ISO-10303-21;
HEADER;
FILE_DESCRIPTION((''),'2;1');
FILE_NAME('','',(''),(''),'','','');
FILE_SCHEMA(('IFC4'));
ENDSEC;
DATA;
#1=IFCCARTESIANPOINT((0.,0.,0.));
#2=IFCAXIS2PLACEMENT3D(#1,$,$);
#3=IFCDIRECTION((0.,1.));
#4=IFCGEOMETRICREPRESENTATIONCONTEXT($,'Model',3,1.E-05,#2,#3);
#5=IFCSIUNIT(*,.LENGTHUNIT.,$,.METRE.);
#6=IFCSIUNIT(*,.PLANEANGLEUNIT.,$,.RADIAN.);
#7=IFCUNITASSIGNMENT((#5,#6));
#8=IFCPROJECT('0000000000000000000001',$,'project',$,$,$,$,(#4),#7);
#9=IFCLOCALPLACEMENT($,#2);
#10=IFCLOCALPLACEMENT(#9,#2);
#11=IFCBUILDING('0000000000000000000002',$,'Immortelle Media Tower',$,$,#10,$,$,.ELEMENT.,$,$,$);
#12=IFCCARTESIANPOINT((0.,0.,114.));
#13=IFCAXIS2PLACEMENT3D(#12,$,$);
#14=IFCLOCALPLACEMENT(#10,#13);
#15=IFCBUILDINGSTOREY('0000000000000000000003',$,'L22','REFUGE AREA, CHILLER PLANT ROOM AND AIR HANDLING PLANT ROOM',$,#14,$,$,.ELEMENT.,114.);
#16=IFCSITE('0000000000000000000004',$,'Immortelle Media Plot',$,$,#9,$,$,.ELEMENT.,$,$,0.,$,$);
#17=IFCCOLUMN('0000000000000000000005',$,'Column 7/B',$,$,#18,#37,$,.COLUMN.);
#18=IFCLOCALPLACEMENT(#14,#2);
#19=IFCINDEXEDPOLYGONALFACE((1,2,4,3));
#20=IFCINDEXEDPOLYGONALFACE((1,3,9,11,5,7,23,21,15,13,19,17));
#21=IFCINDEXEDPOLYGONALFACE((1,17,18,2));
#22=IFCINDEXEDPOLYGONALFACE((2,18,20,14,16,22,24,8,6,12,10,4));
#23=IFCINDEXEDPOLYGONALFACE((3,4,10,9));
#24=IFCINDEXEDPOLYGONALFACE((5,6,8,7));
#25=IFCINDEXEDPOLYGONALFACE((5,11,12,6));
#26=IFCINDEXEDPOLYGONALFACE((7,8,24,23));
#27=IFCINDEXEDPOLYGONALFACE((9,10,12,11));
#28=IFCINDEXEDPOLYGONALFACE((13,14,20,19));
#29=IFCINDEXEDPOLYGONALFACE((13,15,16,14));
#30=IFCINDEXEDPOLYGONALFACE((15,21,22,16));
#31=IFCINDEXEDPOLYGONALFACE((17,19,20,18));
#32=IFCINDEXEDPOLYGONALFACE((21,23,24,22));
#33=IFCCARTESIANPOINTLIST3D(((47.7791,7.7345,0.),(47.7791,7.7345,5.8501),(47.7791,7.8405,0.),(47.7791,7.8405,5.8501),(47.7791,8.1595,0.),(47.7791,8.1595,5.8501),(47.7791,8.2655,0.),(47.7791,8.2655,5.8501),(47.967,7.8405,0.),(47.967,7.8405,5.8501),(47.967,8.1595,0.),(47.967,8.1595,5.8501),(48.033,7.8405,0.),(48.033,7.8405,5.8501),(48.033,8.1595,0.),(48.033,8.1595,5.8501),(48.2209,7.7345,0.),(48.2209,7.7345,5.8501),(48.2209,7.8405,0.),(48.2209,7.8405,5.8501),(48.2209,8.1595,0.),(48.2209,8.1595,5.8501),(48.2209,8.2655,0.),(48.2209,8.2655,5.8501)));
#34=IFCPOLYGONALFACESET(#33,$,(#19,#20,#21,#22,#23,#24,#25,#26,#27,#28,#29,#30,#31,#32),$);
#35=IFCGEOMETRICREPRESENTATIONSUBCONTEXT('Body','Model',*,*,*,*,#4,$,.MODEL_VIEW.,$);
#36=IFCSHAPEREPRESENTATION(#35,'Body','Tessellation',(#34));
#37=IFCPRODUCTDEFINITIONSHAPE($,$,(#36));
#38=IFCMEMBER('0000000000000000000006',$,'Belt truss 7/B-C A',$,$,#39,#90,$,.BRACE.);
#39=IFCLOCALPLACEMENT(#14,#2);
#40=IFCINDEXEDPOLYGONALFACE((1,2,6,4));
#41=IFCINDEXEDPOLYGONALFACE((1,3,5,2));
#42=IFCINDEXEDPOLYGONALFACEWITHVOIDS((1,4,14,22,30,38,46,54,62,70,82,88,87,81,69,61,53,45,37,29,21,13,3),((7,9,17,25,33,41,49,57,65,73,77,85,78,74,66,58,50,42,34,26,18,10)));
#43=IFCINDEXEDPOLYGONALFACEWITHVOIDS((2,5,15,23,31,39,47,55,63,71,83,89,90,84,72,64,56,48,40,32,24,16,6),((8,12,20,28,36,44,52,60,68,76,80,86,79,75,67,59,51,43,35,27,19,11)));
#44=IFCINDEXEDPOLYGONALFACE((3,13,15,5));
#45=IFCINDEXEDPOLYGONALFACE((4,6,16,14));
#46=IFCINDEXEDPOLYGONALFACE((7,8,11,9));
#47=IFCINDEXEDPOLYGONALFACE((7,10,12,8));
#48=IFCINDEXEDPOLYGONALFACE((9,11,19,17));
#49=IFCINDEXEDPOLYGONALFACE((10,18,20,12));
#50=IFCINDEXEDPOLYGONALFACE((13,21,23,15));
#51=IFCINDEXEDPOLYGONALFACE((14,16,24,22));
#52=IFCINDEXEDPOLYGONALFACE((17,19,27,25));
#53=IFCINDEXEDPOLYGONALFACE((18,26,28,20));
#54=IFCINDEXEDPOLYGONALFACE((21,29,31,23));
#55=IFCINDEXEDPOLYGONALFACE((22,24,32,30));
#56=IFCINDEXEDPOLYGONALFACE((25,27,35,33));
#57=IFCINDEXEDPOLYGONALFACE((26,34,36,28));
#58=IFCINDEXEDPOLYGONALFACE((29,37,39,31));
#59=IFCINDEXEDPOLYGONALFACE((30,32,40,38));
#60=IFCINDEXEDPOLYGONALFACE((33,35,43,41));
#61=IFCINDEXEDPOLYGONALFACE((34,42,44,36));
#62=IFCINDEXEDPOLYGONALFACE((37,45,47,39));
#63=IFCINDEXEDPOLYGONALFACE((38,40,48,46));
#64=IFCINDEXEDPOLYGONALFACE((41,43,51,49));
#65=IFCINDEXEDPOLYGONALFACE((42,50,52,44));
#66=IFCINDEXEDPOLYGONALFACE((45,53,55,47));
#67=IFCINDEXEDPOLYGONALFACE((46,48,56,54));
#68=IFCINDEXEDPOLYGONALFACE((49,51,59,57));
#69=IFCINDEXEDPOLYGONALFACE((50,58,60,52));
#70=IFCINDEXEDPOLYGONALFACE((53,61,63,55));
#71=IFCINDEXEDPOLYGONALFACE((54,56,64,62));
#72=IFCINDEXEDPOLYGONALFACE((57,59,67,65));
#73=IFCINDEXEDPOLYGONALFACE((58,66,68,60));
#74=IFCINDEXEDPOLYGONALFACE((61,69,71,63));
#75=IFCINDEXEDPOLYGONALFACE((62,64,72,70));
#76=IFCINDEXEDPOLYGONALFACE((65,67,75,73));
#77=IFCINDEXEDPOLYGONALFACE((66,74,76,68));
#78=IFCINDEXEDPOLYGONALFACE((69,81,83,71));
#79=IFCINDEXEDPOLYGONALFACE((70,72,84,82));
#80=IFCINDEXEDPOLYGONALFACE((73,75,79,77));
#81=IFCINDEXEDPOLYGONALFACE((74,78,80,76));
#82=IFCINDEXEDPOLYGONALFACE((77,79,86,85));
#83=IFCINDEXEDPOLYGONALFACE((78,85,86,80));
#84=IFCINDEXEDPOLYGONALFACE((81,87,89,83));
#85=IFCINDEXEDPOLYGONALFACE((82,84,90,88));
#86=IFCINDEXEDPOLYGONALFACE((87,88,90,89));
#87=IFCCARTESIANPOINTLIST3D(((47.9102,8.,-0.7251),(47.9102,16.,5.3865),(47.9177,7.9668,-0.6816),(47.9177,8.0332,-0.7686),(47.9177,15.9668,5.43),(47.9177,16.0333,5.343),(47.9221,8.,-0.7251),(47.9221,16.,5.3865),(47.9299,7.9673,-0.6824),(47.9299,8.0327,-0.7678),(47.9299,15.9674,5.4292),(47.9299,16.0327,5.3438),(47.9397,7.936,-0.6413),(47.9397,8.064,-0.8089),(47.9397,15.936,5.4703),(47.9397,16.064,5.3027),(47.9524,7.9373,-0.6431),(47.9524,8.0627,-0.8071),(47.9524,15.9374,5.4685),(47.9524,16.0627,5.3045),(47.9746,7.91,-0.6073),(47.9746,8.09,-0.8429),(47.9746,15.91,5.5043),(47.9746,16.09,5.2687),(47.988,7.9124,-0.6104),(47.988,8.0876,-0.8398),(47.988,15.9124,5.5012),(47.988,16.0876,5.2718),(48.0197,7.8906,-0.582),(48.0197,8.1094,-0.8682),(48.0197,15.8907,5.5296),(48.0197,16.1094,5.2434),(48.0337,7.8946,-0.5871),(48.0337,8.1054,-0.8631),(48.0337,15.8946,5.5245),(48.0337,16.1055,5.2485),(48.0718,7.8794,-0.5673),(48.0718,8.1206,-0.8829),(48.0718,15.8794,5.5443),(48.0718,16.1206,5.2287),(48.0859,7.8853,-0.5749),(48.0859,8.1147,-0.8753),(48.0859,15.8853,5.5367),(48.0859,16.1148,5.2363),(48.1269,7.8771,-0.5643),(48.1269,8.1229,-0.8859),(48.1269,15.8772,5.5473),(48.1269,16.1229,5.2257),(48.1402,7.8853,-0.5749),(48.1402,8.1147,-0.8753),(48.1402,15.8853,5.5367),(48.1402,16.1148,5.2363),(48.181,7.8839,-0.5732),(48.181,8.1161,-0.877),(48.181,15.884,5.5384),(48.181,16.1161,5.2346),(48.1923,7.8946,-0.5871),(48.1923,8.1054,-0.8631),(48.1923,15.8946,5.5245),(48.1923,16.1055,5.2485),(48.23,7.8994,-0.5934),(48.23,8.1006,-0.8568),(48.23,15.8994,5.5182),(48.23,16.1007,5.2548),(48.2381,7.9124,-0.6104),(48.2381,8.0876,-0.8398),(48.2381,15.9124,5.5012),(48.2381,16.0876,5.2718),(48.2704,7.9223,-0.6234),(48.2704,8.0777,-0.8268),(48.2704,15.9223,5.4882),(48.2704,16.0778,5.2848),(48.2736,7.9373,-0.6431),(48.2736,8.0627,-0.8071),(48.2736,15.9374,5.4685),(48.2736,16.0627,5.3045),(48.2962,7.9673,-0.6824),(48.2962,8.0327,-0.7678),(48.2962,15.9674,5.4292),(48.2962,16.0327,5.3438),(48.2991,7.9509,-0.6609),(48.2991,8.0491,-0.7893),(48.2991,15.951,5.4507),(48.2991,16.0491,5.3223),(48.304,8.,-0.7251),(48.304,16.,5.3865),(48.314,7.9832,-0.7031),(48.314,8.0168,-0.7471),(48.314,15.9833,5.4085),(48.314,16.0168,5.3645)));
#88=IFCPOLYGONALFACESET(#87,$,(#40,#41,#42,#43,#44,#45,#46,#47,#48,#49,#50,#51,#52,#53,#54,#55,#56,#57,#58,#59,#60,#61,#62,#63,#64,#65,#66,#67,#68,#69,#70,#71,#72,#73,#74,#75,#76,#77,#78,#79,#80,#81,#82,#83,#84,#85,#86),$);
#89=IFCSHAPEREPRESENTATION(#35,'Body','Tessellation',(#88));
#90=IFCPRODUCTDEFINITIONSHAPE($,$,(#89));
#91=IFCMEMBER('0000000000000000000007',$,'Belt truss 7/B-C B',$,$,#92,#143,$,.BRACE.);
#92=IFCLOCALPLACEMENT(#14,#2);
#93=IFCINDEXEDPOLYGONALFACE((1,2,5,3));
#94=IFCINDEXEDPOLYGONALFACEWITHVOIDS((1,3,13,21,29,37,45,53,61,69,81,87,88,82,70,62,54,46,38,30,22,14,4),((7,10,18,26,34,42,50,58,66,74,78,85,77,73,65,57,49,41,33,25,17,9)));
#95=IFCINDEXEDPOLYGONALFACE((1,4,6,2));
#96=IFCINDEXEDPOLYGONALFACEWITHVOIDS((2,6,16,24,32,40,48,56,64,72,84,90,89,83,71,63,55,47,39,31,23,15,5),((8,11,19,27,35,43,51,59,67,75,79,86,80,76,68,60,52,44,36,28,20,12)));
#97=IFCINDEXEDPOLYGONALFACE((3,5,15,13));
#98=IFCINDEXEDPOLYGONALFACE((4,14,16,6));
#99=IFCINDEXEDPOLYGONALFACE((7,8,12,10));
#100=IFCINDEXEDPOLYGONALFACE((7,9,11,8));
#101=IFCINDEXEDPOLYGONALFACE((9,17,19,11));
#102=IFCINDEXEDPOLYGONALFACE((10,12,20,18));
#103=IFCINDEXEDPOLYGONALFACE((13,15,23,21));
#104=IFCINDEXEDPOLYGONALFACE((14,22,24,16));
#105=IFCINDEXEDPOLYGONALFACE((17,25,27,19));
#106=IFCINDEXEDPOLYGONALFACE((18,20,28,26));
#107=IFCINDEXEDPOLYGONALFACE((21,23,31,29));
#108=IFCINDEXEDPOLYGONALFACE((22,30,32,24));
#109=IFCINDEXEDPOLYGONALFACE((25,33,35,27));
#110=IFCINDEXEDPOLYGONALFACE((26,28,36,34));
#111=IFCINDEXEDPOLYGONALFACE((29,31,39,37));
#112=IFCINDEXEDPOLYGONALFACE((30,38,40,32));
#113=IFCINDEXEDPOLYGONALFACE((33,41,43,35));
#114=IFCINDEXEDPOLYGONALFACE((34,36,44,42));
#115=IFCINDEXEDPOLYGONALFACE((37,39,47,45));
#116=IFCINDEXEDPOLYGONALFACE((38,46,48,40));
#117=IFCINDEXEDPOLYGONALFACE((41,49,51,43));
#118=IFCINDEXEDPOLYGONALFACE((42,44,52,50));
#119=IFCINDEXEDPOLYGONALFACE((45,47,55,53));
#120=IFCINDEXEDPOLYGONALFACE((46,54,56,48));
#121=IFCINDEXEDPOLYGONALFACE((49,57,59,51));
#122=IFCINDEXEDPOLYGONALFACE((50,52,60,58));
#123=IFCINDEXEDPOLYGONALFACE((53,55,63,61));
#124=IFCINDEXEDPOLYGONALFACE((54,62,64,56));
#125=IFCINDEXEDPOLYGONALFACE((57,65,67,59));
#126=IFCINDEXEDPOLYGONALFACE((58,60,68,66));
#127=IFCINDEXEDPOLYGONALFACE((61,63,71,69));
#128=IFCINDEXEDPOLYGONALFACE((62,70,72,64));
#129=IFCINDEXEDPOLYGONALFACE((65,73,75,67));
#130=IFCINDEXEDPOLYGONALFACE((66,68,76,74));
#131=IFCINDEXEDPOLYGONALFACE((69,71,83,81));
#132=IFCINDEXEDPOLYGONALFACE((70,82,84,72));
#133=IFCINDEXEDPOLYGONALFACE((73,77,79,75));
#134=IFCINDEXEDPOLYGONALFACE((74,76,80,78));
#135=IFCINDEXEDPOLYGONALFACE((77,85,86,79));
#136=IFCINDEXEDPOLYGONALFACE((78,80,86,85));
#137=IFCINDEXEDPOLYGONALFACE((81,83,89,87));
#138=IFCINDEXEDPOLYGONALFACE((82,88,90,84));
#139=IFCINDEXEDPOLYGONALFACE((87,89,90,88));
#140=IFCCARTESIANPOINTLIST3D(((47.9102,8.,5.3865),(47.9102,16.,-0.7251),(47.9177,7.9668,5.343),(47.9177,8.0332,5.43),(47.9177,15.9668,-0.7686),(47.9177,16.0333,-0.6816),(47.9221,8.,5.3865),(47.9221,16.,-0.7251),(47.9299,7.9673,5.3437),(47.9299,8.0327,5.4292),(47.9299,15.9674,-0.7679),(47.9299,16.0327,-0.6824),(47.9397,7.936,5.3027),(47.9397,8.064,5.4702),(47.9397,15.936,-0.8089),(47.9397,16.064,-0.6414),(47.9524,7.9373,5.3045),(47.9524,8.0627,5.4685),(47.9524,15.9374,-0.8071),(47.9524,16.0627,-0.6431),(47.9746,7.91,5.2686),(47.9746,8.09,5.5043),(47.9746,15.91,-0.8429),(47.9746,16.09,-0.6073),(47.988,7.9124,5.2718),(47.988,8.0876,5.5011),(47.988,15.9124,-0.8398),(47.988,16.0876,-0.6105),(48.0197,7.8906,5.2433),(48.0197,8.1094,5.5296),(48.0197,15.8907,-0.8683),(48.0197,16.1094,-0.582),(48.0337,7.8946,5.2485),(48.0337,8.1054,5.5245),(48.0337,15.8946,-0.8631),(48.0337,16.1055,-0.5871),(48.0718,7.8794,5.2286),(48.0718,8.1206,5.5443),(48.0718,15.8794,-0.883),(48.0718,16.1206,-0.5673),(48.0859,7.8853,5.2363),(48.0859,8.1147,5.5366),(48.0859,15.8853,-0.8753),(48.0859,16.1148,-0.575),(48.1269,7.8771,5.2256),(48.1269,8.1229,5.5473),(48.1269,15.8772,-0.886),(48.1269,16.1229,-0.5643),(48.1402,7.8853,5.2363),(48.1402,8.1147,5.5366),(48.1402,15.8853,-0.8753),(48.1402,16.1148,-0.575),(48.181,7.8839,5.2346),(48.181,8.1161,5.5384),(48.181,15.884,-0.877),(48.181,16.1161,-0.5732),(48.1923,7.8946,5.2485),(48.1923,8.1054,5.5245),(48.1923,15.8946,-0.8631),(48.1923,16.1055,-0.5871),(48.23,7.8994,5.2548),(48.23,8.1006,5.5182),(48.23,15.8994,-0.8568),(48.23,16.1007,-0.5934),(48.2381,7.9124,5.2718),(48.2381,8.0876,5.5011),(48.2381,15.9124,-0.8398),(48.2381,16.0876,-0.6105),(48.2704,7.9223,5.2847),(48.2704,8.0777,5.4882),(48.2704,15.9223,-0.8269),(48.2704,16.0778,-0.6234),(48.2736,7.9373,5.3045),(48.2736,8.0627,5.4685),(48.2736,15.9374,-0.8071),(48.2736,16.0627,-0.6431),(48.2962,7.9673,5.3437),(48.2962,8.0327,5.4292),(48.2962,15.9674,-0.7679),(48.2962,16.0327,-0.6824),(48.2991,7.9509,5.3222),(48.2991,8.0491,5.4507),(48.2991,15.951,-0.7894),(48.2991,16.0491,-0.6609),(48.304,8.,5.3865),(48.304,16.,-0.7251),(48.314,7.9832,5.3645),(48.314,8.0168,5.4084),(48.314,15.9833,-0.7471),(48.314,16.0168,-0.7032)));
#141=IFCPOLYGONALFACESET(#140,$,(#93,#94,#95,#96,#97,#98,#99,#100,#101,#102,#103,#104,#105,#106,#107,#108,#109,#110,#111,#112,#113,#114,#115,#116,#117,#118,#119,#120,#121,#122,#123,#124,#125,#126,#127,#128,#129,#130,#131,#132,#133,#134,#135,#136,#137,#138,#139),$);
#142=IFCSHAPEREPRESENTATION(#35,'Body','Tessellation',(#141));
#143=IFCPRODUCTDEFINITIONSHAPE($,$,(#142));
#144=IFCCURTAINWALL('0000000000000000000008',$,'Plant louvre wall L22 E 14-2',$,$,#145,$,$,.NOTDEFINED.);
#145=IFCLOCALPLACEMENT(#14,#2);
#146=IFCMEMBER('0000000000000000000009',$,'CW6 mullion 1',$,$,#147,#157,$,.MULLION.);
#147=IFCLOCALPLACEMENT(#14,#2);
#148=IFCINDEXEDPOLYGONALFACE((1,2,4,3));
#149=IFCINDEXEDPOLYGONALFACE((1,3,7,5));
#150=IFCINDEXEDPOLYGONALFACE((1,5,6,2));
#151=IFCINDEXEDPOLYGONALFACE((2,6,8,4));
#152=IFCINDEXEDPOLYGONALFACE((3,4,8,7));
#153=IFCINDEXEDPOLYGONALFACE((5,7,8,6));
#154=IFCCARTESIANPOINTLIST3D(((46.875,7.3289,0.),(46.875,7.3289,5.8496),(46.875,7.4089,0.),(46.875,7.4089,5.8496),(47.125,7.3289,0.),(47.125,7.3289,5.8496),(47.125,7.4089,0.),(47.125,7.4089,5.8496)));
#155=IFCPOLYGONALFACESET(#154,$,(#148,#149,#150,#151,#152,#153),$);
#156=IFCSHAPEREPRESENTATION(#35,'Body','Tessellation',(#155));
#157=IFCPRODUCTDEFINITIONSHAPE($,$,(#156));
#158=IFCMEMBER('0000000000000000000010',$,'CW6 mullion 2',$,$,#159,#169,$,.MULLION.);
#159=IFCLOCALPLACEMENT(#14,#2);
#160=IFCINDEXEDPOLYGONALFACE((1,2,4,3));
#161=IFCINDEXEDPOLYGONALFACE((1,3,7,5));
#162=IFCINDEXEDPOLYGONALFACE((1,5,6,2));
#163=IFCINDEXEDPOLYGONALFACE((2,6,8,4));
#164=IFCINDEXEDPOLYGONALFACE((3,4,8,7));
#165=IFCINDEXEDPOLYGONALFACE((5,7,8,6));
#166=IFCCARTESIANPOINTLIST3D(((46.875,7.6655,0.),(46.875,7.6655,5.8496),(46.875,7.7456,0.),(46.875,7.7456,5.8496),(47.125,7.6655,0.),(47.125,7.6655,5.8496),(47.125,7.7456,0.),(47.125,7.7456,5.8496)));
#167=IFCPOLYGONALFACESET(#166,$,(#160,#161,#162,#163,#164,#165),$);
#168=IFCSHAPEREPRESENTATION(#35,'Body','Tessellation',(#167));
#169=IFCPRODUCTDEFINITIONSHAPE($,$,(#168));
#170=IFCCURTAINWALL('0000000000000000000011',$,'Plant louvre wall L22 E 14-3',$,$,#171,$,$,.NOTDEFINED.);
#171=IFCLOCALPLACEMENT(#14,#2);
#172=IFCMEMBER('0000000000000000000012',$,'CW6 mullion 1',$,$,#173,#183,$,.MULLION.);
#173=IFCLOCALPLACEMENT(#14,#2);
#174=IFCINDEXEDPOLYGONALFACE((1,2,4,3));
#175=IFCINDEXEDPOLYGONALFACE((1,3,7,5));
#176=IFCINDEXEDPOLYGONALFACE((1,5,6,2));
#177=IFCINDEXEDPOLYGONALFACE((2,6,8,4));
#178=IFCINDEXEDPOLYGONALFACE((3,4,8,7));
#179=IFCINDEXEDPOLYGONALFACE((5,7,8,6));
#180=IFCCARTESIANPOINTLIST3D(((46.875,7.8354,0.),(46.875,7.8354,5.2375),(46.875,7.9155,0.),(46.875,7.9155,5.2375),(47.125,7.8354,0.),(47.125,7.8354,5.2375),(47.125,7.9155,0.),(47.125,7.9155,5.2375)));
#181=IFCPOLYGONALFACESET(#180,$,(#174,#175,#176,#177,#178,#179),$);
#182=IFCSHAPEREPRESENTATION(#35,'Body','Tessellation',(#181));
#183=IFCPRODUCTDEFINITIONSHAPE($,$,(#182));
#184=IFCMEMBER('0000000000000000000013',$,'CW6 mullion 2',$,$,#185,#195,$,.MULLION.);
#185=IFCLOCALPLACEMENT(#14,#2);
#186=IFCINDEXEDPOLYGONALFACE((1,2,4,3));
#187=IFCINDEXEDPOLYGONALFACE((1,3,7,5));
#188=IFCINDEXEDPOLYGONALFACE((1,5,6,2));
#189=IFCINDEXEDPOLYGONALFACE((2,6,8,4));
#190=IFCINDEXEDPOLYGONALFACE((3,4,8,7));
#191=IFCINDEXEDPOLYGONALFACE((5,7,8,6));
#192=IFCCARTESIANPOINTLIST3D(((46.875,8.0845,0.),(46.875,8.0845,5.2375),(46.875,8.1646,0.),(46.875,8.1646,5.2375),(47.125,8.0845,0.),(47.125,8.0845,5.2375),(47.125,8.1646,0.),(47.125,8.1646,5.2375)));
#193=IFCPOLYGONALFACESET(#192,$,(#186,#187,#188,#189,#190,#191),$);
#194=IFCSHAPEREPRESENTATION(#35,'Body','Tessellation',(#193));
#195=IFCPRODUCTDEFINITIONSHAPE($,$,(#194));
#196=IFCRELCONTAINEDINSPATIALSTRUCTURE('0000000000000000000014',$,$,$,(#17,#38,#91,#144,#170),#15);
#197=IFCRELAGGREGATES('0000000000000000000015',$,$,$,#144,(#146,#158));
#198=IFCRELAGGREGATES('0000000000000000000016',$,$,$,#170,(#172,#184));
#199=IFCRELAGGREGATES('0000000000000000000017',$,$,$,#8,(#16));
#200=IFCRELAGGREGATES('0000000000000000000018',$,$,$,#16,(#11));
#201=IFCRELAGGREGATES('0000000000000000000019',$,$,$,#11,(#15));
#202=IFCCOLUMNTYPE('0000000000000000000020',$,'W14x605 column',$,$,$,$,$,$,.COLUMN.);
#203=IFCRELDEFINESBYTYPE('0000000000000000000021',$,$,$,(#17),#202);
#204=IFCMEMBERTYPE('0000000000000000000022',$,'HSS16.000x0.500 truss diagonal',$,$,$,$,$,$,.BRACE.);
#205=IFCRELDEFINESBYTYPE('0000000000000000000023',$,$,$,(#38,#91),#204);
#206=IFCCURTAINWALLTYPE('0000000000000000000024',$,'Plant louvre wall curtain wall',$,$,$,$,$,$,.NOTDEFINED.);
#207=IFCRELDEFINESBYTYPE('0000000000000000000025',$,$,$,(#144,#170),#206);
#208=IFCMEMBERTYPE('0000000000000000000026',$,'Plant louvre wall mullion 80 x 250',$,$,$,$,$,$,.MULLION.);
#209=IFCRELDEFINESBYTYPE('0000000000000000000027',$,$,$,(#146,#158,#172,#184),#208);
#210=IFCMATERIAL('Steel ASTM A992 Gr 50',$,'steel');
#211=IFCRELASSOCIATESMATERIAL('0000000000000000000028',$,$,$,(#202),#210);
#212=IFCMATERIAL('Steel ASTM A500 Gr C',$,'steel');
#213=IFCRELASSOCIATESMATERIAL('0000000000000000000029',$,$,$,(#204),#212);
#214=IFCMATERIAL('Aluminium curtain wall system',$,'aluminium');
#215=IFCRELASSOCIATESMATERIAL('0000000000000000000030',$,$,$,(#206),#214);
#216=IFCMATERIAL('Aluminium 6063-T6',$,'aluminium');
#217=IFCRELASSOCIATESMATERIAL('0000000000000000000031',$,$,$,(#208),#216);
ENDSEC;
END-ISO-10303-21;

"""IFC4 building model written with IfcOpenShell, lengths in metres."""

from ifc_helpers import new_model, si_unit, direction, frame, origin, origin_2d, place, context, subcontext, project, spatial, rectangle, hollow_circle, i_section, extrude, material, material_profile, profile_set, type_object, element, aggregate, save


model = new_model("IFC4")

# Units and contexts
model_context = context("Model", 3, precision=1e-05, world=origin(), true_north=direction((0.0, 1.0)))
body_context = subcontext(model_context, "Body", "Model", "MODEL_VIEW")
ifc_project = project(units=[si_unit("LENGTHUNIT", "METRE"), si_unit("PLANEANGLEUNIT", "RADIAN")], contexts=[model_context])

# Site, building, storey
site_placement = place(None, origin())
site = spatial("IfcSite", under=ifc_project, at=site_placement, Name="Immortelle Media Plot", CompositionType="ELEMENT", RefElevation=0.0)
building_placement = place(site_placement, origin())
building = spatial("IfcBuilding", under=site, at=building_placement, Name="Immortelle Media Tower", CompositionType="ELEMENT")
storey_placement = place(building_placement, frame((0.0, 0.0, 114.0)))
storey = spatial("IfcBuildingStorey", under=building, at=storey_placement, Name="L22", Description="REFUGE AREA, CHILLER PLANT ROOM AND AIR HANDLING PLANT ROOM", CompositionType="ELEMENT", Elevation=114.0)

# Column
ifc_material_1 = material(Name="Steel ASTM A992 Gr 50", Category="steel")
ifc_material_profile_1 = material_profile(ifc_material_1, i_section(OverallWidth=0.4419, OverallDepth=0.531, WebThickness=0.0659, FlangeThickness=0.106, at=origin_2d()), Name="W14x605")
ifc_profile_set_1 = profile_set([ifc_material_profile_1], Name="Steel ASTM A992 Gr 50")
column_type = type_object("IfcColumnType", Name="W14x605 column", PredefinedType="COLUMN", material=ifc_profile_set_1)
column_placement = place(storey_placement, frame((48.0, 8.0, 0.0), z_axis=(0.0, 0.0, 1.0), x_axis=(1.0, 0.0, 0.0)))
element("IfcColumn", 1, at=column_placement, inside=storey, type_object=column_type, Name="Column 7/B", PredefinedType="COLUMN", context=body_context, shape_type="SweptSolid", body=[
    extrude(i_section(OverallWidth=0.4419, OverallDepth=0.531, WebThickness=0.0659, FlangeThickness=0.106, at=origin_2d()), origin(), (0.0, 0.0, 1.0), 5.8501),
])

# Members
ifc_material_2 = material(Name="Steel ASTM A500 Gr C", Category="steel")
ifc_material_profile_2 = material_profile(ifc_material_2, hollow_circle(Radius=0.2029, WallThickness=0.012, at=origin_2d()), Name="HSS16.000x0.500 truss diagonal")
ifc_profile_set_2 = profile_set([ifc_material_profile_2], Name="Steel ASTM A500 Gr C")
member_type_1 = type_object("IfcMemberType", Name="HSS16.000x0.500 truss diagonal", PredefinedType="BRACE", material=ifc_profile_set_2)
for number, where, z_axis, x_axis, name in (
    (2, (48.113, 8.0, -0.7251), (0.0, 0.794649, 0.607069), (-1.0, 0.0, 0.0), "Belt truss 7/B-C A"),
    (3, (48.113, 8.0, 5.3865), (0.0, 0.794649, -0.607069), (-1.0, 0.0, 0.0), "Belt truss 7/B-C B"),
):
    element("IfcMember", number, at=place(storey_placement, frame(where, z_axis=z_axis, x_axis=x_axis)), inside=storey, type_object=member_type_1, Name=name, PredefinedType="BRACE", context=body_context, shape_type="SweptSolid", body=[
        extrude(hollow_circle(Radius=0.2029, WallThickness=0.012, at=origin_2d()), origin(), (0.0, 0.0, 1.0), 10.0674),
    ])

# Curtain walls, members
ifc_material_3 = material(Name="Aluminium curtain wall system", Category="aluminium")
curtain_wall_type = type_object("IfcCurtainWallType", Name="Plant louvre wall curtain wall", PredefinedType="NOTDEFINED", material=ifc_material_3)
curtain_wall_1_placement = place(storey_placement, origin())
curtain_wall_1 = element("IfcCurtainWall", 4, at=curtain_wall_1_placement, inside=storey, type_object=curtain_wall_type, Name="Plant louvre wall L22 E 14-2", PredefinedType="NOTDEFINED")
ifc_material_4 = material(Name="Aluminium 6063-T6", Category="aluminium")
ifc_material_profile_3 = material_profile(ifc_material_4, rectangle(XDim=0.25, YDim=0.0801, at=origin_2d()), Name="AL 80x250")
ifc_profile_set_3 = profile_set([ifc_material_profile_3], Name="Aluminium 6063-T6")
member_type_2 = type_object("IfcMemberType", Name="Plant louvre wall mullion 80 x 250", PredefinedType="MULLION", material=ifc_profile_set_3)
member_1_placement = place(storey_placement, frame((47.0, 7.3689, 0.0), z_axis=(0.0, 0.0, 1.0), x_axis=(-1.0, 0.0, 0.0)))
member_1 = element("IfcMember", 5, at=member_1_placement, type_object=member_type_2, Name="CW6 mullion 1", PredefinedType="MULLION", context=body_context, shape_type="SweptSolid", body=[
    extrude(rectangle(XDim=0.25, YDim=0.0801, at=origin_2d()), origin(), (0.0, 0.0, 1.0), 5.8496),
])
member_2_placement = place(storey_placement, frame((47.0, 7.7056, 0.0), z_axis=(0.0, 0.0, 1.0), x_axis=(-1.0, 0.0, 0.0)))
member_2 = element("IfcMember", 6, at=member_2_placement, type_object=member_type_2, Name="CW6 mullion 2", PredefinedType="MULLION", context=body_context, shape_type="SweptSolid", body=[
    extrude(rectangle(XDim=0.25, YDim=0.0801, at=origin_2d()), origin(), (0.0, 0.0, 1.0), 5.8496),
])
curtain_wall_2_placement = place(storey_placement, origin())
curtain_wall_2 = element("IfcCurtainWall", 7, at=curtain_wall_2_placement, inside=storey, type_object=curtain_wall_type, Name="Plant louvre wall L22 E 14-3", PredefinedType="NOTDEFINED")
member_3_placement = place(storey_placement, frame((47.0, 7.8755, 0.0), z_axis=(0.0, 0.0, 1.0), x_axis=(-1.0, 0.0, 0.0)))
member_3 = element("IfcMember", 8, at=member_3_placement, type_object=member_type_2, Name="CW6 mullion 1", PredefinedType="MULLION", context=body_context, shape_type="SweptSolid", body=[
    extrude(rectangle(XDim=0.25, YDim=0.0801, at=origin_2d()), origin(), (0.0, 0.0, 1.0), 5.2375),
])
member_4_placement = place(storey_placement, frame((47.0, 8.1245, 0.0), z_axis=(0.0, 0.0, 1.0), x_axis=(-1.0, 0.0, 0.0)))
member_4 = element("IfcMember", 9, at=member_4_placement, type_object=member_type_2, Name="CW6 mullion 2", PredefinedType="MULLION", context=body_context, shape_type="SweptSolid", body=[
    extrude(rectangle(XDim=0.25, YDim=0.0801, at=origin_2d()), origin(), (0.0, 0.0, 1.0), 5.2375),
])

aggregate(curtain_wall_1, [member_1, member_2])
aggregate(curtain_wall_2, [member_3, member_4])

save(model, "model.ifc")
